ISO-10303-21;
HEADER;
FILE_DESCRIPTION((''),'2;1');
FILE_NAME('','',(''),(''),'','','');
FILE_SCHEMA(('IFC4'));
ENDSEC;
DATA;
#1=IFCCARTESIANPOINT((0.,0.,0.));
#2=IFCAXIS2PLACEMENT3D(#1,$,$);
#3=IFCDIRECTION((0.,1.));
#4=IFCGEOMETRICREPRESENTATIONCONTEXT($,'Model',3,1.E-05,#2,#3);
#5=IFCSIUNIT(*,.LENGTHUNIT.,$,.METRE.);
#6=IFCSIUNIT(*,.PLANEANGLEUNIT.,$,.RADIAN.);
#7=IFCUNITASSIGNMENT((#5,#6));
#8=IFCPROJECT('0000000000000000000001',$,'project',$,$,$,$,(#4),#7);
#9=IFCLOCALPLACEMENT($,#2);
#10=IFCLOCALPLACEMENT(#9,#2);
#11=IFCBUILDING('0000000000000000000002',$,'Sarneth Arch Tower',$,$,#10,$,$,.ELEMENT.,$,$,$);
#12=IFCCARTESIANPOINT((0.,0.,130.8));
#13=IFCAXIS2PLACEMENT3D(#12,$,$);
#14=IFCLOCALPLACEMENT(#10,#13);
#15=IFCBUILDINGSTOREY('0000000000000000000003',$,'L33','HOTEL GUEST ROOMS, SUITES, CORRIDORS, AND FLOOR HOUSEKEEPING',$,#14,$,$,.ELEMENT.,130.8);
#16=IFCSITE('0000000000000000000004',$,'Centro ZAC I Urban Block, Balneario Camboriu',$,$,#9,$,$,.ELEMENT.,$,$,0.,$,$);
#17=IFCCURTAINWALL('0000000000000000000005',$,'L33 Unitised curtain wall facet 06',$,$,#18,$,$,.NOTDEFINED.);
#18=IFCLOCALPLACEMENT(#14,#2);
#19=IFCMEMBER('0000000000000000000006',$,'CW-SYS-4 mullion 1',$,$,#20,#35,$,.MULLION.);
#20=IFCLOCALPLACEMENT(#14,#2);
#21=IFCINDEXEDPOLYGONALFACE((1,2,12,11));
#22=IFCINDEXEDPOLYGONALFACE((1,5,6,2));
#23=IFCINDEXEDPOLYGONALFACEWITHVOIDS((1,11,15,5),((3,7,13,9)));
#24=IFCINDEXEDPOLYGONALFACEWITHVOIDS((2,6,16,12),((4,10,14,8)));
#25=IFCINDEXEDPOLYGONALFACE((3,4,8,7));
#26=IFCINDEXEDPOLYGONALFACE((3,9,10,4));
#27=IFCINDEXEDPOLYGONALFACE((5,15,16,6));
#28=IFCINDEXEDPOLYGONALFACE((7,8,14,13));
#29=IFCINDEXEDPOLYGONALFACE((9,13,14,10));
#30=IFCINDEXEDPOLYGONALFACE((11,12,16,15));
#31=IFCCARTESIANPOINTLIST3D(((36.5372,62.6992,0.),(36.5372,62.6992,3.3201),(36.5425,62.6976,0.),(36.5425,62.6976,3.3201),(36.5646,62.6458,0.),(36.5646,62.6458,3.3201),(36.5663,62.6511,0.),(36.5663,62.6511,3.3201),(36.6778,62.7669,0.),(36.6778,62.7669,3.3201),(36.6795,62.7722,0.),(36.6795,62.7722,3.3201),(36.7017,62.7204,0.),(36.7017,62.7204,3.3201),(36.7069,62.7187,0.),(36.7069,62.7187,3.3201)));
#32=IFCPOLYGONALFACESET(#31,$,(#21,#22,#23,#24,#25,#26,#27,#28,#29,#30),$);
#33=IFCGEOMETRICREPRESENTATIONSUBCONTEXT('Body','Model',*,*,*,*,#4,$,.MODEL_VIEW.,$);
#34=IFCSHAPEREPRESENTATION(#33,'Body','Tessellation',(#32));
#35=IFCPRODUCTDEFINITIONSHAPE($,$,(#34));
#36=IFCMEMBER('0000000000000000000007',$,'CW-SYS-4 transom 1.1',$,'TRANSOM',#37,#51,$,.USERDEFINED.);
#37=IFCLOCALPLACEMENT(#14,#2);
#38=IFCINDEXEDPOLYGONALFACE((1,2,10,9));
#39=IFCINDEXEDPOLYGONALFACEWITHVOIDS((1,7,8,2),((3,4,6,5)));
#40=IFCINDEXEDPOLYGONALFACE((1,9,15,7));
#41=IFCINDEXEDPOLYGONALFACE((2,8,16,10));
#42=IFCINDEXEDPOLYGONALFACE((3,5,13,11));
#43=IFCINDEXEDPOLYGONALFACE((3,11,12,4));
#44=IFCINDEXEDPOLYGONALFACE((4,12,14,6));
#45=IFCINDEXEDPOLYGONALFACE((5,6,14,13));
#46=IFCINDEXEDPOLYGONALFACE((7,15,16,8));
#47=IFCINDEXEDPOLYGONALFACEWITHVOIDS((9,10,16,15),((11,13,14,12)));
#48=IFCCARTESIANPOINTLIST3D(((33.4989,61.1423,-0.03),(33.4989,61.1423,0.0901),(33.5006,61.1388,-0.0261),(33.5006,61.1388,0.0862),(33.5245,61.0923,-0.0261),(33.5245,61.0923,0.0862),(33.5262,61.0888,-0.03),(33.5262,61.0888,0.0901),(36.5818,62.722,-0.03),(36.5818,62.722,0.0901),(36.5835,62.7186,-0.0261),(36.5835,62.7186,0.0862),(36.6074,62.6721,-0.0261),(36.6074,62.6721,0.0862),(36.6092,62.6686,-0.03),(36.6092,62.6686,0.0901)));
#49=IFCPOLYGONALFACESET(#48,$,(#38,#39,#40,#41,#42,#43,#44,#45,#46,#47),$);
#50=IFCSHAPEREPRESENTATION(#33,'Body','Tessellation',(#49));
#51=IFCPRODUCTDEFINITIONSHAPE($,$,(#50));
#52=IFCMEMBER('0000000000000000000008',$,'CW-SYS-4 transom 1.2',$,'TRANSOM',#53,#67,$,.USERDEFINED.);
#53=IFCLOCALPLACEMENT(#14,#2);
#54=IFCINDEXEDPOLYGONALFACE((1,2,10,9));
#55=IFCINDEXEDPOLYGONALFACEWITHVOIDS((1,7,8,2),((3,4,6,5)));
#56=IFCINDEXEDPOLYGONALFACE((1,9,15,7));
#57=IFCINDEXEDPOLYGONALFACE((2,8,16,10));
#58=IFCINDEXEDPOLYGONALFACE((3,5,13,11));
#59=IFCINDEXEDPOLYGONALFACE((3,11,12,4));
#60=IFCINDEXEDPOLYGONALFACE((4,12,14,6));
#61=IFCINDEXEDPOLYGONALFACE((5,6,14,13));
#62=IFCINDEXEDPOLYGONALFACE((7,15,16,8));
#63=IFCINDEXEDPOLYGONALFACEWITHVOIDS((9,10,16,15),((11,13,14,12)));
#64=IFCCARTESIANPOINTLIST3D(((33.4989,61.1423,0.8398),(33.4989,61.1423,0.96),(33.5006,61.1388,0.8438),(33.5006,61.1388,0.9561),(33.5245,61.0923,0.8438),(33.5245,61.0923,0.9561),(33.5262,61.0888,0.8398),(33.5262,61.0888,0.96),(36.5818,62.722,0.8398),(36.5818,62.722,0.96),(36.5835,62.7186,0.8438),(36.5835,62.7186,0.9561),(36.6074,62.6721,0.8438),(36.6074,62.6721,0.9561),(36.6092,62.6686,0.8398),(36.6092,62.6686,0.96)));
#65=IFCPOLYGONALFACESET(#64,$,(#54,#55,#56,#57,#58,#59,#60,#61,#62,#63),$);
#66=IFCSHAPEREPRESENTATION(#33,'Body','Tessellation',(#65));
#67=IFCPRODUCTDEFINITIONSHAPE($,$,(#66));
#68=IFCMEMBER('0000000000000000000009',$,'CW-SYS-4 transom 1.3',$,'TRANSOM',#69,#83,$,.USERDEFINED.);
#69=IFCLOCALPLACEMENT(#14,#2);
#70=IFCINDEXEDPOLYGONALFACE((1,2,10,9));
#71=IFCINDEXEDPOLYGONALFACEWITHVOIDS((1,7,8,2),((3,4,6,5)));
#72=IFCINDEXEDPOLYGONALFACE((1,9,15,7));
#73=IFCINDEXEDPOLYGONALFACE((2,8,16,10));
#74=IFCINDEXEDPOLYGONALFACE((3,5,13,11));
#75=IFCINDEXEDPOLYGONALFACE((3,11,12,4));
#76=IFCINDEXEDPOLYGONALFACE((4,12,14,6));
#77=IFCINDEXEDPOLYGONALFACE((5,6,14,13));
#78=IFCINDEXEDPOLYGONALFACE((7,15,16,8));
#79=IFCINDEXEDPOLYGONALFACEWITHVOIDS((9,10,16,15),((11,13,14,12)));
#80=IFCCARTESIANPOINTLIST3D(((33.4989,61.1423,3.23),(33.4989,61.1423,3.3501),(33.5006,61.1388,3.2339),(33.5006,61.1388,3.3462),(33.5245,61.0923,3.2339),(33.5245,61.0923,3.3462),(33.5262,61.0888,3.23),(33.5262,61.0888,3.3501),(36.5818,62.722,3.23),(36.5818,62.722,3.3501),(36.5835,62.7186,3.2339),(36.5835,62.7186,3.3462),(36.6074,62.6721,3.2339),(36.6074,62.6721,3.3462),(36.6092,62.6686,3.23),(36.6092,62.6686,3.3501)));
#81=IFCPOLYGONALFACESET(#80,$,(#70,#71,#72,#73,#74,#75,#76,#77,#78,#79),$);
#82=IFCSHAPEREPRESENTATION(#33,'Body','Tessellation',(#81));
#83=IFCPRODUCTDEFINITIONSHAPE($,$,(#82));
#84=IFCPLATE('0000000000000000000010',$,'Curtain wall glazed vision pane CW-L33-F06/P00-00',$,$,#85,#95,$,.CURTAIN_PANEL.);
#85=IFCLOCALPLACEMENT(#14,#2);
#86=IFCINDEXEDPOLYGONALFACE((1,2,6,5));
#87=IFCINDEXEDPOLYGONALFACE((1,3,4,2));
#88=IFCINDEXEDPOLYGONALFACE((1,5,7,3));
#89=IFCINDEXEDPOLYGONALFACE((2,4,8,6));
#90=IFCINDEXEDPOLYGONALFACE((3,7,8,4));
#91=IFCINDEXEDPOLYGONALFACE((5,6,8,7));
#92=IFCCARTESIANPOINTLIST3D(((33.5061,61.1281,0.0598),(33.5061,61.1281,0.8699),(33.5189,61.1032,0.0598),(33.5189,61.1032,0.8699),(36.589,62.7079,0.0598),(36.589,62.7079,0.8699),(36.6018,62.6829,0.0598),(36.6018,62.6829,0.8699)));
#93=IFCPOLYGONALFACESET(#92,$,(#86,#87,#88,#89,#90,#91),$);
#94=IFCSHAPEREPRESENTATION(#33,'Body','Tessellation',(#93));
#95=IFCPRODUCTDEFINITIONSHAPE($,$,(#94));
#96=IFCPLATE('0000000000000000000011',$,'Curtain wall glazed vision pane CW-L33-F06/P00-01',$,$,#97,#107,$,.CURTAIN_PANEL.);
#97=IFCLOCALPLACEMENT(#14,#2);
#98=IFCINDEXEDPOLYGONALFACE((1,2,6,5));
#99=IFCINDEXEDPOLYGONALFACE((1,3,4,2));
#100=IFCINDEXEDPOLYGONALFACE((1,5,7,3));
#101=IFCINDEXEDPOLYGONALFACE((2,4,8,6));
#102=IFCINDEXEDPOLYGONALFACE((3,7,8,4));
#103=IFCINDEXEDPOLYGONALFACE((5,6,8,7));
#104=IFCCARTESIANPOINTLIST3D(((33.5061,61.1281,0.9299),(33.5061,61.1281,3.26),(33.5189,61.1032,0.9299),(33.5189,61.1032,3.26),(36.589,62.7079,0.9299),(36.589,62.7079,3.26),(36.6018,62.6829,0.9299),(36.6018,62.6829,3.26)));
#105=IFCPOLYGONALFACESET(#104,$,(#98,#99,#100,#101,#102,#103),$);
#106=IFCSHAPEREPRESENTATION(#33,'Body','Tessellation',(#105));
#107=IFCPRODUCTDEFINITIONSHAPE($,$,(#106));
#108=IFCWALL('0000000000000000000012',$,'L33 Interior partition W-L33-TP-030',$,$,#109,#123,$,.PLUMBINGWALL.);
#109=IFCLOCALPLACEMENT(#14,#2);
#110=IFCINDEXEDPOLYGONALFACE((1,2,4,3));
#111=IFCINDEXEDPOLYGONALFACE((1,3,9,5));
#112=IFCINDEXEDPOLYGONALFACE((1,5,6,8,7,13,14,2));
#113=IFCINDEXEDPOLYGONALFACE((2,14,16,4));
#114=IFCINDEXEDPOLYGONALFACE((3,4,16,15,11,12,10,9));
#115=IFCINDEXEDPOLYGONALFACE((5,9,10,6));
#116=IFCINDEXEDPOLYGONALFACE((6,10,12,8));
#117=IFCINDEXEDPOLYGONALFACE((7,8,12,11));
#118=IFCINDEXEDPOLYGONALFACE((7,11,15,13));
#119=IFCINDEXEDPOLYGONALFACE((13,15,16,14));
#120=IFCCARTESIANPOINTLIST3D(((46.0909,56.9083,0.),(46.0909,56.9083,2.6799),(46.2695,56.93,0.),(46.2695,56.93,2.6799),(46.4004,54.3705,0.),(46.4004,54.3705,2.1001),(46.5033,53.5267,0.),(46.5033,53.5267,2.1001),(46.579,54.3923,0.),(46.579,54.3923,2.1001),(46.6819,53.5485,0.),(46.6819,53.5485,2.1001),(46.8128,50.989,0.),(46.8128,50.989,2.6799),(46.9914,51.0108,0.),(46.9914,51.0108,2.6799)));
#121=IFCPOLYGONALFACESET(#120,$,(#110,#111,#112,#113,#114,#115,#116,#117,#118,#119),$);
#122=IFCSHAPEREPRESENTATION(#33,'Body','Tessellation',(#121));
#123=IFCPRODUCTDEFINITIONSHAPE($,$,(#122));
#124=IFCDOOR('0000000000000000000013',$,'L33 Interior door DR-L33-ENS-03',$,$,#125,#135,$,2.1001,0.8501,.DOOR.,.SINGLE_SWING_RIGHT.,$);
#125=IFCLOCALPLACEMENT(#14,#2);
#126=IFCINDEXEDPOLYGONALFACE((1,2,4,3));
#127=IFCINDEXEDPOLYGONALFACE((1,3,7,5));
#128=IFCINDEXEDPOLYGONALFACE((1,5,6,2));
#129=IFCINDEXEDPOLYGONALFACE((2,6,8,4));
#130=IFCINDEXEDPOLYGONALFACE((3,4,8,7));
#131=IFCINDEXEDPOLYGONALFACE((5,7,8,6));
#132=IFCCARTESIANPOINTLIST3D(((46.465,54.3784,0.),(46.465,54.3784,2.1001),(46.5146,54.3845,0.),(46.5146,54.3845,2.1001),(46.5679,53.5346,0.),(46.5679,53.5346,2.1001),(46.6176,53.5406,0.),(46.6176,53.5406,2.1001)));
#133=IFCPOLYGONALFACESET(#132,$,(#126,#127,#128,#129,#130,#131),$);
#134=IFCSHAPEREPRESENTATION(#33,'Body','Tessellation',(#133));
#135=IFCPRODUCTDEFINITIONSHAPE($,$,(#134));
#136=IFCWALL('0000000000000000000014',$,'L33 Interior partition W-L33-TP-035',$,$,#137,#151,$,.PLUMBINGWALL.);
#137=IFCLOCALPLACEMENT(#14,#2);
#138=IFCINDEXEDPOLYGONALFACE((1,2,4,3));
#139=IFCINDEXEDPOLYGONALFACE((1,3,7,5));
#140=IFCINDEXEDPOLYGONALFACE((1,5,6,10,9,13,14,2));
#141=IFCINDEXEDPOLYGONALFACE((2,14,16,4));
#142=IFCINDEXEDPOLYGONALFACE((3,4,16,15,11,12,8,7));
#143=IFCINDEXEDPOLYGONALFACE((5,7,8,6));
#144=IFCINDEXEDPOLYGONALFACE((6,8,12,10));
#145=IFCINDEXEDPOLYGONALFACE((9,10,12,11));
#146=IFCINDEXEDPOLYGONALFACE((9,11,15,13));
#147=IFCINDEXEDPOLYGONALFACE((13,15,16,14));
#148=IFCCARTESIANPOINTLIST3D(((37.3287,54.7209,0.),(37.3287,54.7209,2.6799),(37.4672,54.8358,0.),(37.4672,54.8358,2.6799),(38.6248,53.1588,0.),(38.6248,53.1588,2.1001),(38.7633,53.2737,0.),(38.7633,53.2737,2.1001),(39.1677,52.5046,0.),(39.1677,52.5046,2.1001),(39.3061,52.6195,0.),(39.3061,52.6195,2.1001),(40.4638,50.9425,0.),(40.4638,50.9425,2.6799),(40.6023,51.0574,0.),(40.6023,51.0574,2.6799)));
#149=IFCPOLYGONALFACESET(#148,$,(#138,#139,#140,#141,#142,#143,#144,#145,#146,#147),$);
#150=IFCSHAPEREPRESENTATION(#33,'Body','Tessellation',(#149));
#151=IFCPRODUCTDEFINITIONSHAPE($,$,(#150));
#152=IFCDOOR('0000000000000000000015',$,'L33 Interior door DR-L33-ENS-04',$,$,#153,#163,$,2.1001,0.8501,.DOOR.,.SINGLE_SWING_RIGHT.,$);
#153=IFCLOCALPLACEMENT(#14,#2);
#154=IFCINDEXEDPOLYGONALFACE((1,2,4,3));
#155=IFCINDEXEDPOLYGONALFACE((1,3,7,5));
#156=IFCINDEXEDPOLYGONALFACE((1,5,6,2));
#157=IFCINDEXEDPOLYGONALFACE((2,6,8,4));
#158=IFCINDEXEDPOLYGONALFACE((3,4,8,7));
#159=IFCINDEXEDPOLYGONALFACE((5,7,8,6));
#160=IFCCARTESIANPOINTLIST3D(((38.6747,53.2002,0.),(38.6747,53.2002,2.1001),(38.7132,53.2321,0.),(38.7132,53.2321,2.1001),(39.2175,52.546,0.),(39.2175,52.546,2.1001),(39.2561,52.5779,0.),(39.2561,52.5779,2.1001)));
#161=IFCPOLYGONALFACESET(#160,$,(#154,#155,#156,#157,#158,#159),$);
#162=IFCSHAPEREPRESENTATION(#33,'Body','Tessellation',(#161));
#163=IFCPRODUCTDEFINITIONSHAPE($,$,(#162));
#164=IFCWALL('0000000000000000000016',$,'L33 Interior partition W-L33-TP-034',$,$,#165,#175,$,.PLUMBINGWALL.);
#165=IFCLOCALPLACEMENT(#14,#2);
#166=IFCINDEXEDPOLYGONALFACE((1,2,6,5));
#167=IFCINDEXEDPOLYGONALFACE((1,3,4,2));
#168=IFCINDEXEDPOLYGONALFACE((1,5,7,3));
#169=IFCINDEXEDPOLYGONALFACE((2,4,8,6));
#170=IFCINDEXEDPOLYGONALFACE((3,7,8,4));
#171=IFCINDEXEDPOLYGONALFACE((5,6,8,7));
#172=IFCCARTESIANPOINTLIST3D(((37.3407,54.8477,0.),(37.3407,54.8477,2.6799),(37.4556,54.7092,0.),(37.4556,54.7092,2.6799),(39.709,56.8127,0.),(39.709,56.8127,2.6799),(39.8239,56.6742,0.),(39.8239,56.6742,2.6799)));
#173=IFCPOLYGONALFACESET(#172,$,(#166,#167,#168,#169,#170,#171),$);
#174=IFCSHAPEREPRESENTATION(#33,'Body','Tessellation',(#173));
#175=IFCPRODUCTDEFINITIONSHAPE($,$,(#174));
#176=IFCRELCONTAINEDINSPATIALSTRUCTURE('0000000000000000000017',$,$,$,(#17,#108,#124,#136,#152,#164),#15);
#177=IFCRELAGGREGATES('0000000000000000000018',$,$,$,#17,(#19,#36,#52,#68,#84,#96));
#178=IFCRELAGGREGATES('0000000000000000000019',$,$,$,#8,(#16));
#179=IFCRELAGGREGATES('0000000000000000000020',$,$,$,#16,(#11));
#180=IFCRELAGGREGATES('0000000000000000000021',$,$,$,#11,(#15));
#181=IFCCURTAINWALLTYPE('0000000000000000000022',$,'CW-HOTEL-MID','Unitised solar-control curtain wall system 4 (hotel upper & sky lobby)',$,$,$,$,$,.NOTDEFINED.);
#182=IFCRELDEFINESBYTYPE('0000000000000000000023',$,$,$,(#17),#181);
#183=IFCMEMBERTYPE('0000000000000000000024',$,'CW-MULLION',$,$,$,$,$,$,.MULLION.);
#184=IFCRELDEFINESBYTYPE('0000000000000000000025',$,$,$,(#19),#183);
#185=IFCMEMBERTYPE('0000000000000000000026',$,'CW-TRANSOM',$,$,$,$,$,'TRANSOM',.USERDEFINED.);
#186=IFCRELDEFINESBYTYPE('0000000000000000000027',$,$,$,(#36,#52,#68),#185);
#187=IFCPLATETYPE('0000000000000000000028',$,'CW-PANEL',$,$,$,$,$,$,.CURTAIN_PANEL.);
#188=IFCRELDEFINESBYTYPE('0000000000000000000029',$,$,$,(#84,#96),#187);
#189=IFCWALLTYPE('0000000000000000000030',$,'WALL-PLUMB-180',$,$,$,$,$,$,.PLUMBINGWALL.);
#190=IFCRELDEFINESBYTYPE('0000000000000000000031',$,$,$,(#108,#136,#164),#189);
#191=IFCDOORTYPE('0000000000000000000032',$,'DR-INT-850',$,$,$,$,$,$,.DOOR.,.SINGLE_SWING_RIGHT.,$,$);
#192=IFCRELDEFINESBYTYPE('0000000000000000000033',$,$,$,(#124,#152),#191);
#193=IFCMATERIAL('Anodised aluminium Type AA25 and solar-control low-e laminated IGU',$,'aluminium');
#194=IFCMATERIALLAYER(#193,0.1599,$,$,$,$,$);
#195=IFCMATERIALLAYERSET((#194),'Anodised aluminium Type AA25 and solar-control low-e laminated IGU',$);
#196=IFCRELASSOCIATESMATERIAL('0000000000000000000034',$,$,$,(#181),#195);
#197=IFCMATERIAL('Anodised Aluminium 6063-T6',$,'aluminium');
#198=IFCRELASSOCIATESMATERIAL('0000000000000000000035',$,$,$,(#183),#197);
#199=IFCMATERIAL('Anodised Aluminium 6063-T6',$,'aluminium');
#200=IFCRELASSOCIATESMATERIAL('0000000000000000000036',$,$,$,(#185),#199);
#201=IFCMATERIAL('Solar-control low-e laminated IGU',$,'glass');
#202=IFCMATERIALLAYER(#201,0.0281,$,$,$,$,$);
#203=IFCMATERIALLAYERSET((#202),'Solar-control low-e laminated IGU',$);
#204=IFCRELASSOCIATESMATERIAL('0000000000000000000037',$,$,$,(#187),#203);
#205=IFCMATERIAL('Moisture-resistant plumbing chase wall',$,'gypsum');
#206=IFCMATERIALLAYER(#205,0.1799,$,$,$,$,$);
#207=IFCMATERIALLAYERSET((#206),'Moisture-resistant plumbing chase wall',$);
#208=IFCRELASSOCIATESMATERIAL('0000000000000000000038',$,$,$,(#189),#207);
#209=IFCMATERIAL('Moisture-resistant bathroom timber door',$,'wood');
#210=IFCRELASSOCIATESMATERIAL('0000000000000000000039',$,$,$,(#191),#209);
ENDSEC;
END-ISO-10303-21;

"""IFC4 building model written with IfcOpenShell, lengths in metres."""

from ifc_helpers import new_model, si_unit, direction, frame, frame_2d, origin, origin_2d, place, context, subcontext, project, spatial, rectangle, hollow_rectangle, extrude, material, layer, layer_set, material_profile, profile_set, type_object, element, fill, aggregate, save


model = new_model("IFC4")

# Units and contexts
model_context = context("Model", 3, precision=1e-05, world=origin(), true_north=direction((0.0, 1.0)))
body_context = subcontext(model_context, "Body", "Model", "MODEL_VIEW")
ifc_project = project(units=[si_unit("LENGTHUNIT", "METRE"), si_unit("PLANEANGLEUNIT", "RADIAN")], contexts=[model_context])

# Site, building, storey
site_placement = place(None, origin())
site = spatial("IfcSite", under=ifc_project, at=site_placement, Name="Centro ZAC I Urban Block, Balneario Camboriu", CompositionType="ELEMENT", RefElevation=0.0)
building_placement = place(site_placement, origin())
building = spatial("IfcBuilding", under=site, at=building_placement, Name="Sarneth Arch Tower", CompositionType="ELEMENT")
storey_placement = place(building_placement, frame((0.0, 0.0, 130.8)))
storey = spatial("IfcBuildingStorey", under=building, at=storey_placement, Name="L33", Description="HOTEL GUEST ROOMS, SUITES, CORRIDORS, AND FLOOR HOUSEKEEPING", CompositionType="ELEMENT", Elevation=130.8)

# Curtain wall, members, plates
ifc_material_1 = material(Name="Anodised aluminium Type AA25 and solar-control low-e laminated IGU", Category="aluminium")
ifc_layer_1 = layer(ifc_material_1, 0.1599)
ifc_layer_set_1 = layer_set([ifc_layer_1], Name="Anodised aluminium Type AA25 and solar-control low-e laminated IGU")
curtain_wall_type = type_object("IfcCurtainWallType", Name="CW-HOTEL-MID", Description="Unitised solar-control curtain wall system 4 (hotel upper & sky lobby)", PredefinedType="NOTDEFINED", material=ifc_layer_set_1)
curtain_wall_placement = place(storey_placement, origin())
curtain_wall = element("IfcCurtainWall", 1, at=curtain_wall_placement, inside=storey, type_object=curtain_wall_type, Name="L33 Unitised curtain wall facet 06", PredefinedType="NOTDEFINED")
ifc_material_2 = material(Name="Anodised Aluminium 6063-T6", Category="aluminium")
ifc_material_profile_1 = material_profile(ifc_material_2, hollow_rectangle(XDim=0.0601, YDim=0.1599, WallThickness=0.0039, at=origin_2d()), Name="AL-MULL-160x60x4")
ifc_profile_set_1 = profile_set([ifc_material_profile_1], Name="Anodised Aluminium 6063-T6")
member_type_1 = type_object("IfcMemberType", Name="CW-MULLION", PredefinedType="MULLION", material=ifc_profile_set_1)
member_1_placement = place(storey_placement, frame((36.6221, 62.709, 0.0), z_axis=(0.0, 0.0, 1.0), x_axis=(0.456031, -0.889964, 0.0)))
member_1 = element("IfcMember", 2, at=member_1_placement, type_object=member_type_1, Name="CW-SYS-4 mullion 1", PredefinedType="MULLION", context=body_context, shape_type="SweptSolid", body=[
    extrude(hollow_rectangle(XDim=0.0601, YDim=0.1599, WallThickness=0.0039, at=origin_2d()), origin(), (0.0, 0.0, 1.0), 3.3201),
])
ifc_material_3 = material(Name="Anodised Aluminium 6063-T6", Category="aluminium")
ifc_material_profile_2 = material_profile(ifc_material_3, hollow_rectangle(XDim=0.0601, YDim=0.1201, WallThickness=0.0039, at=origin_2d()), Name="AL-TRAN-120x60x4")
ifc_profile_set_2 = profile_set([ifc_material_profile_2], Name="Anodised Aluminium 6063-T6")
member_type_2 = type_object("IfcMemberType", Name="CW-TRANSOM", ElementType="TRANSOM", PredefinedType="USERDEFINED", material=ifc_profile_set_2)
member_2_placement = place(storey_placement, frame((36.5955, 62.6953, 0.03), z_axis=(-0.889958, -0.456043, 0.0), x_axis=(0.456043, -0.889958, 0.0)))
member_2 = element("IfcMember", 3, at=member_2_placement, type_object=member_type_2, Name="CW-SYS-4 transom 1.1", ObjectType="TRANSOM", PredefinedType="USERDEFINED", context=body_context, shape_type="SweptSolid", body=[
    extrude(hollow_rectangle(XDim=0.0601, YDim=0.1201, WallThickness=0.0039, at=origin_2d()), origin(), (0.0, 0.0, 1.0), 3.4641),
])
member_3_placement = place(storey_placement, frame((36.5955, 62.6953, 0.8999), z_axis=(-0.889958, -0.456043, 0.0), x_axis=(0.456043, -0.889958, 0.0)))
member_3 = element("IfcMember", 4, at=member_3_placement, type_object=member_type_2, Name="CW-SYS-4 transom 1.2", ObjectType="TRANSOM", PredefinedType="USERDEFINED", context=body_context, shape_type="SweptSolid", body=[
    extrude(hollow_rectangle(XDim=0.0601, YDim=0.1201, WallThickness=0.0039, at=origin_2d()), origin(), (0.0, 0.0, 1.0), 3.4641),
])
member_4_placement = place(storey_placement, frame((36.5955, 62.6953, 3.29), z_axis=(-0.889958, -0.456043, 0.0), x_axis=(0.456043, -0.889958, 0.0)))
member_4 = element("IfcMember", 5, at=member_4_placement, type_object=member_type_2, Name="CW-SYS-4 transom 1.3", ObjectType="TRANSOM", PredefinedType="USERDEFINED", context=body_context, shape_type="SweptSolid", body=[
    extrude(hollow_rectangle(XDim=0.0601, YDim=0.1201, WallThickness=0.0039, at=origin_2d()), origin(), (0.0, 0.0, 1.0), 3.4641),
])
ifc_material_4 = material(Name="Solar-control low-e laminated IGU", Category="glass")
ifc_layer_2 = layer(ifc_material_4, 0.0281)
ifc_layer_set_2 = layer_set([ifc_layer_2], Name="Solar-control low-e laminated IGU")
plate_type = type_object("IfcPlateType", Name="CW-PANEL", PredefinedType="CURTAIN_PANEL", material=ifc_layer_set_2)
plate_1_placement = place(storey_placement, frame((35.054, 61.9055, 0.0598), z_axis=(0.0, 0.0, 1.0), x_axis=(-0.889964, -0.456031, 0.0)))
plate_1 = element("IfcPlate", 6, at=plate_1_placement, type_object=plate_type, Name="Curtain wall glazed vision pane CW-L33-F06/P00-00", PredefinedType="CURTAIN_PANEL", context=body_context, shape_type="SweptSolid", body=[
    extrude(rectangle(XDim=3.4641, YDim=0.0281, at=origin_2d()), origin(), (0.0, 0.0, 1.0), 0.8101),
])
plate_2_placement = place(storey_placement, frame((35.054, 61.9055, 0.9299), z_axis=(0.0, 0.0, 1.0), x_axis=(-0.889964, -0.456031, 0.0)))
plate_2 = element("IfcPlate", 7, at=plate_2_placement, type_object=plate_type, Name="Curtain wall glazed vision pane CW-L33-F06/P00-01", PredefinedType="CURTAIN_PANEL", context=body_context, shape_type="SweptSolid", body=[
    extrude(rectangle(XDim=3.4641, YDim=0.0281, at=origin_2d()), origin(), (0.0, 0.0, 1.0), 2.3301),
])
aggregate(curtain_wall, [member_1, member_2, member_3, member_4, plate_1, plate_2])

# Walls, openings, doors
ifc_material_5 = material(Name="Moisture-resistant plumbing chase wall", Category="gypsum")
ifc_layer_3 = layer(ifc_material_5, 0.1799)
ifc_layer_set_3 = layer_set([ifc_layer_3], Name="Moisture-resistant plumbing chase wall")
wall_type_1 = type_object("IfcWallType", Name="WALL-PLUMB-180", PredefinedType="PLUMBINGWALL", material=ifc_layer_set_3)
wall_1_placement = place(storey_placement, frame((46.9021, 51.0, 0.0), z_axis=(0.0, 0.0, 1.0), x_axis=(-0.121066, 0.992644, 0.0)))
wall_1 = element("IfcWall", 8, at=wall_1_placement, inside=storey, type_object=wall_type_1, Name="L33 Interior partition W-L33-TP-030", PredefinedType="PLUMBINGWALL", context=body_context, shape_type="SweptSolid", body=[
    extrude(rectangle(XDim=5.9631, YDim=0.1799, at=frame_2d((2.9814, 0.0))), origin(), (0.0, 0.0, 1.0), 2.6799),
])
opening_1_placement = place(wall_1_placement, frame((2.5564, 0.0, 0.0)))
opening_1 = element("IfcOpeningElement", 9, at=opening_1_placement, cuts=wall_1, PredefinedType="OPENING", context=body_context, shape_type="SweptSolid", body=[
    extrude(rectangle(XDim=0.8501, YDim=2.1001, at=frame_2d((0.425, 1.05))), frame((0.0, 0.0999, 0.0), z_axis=(0.0, -1.0, 0.0), x_axis=(1.0, 0.0, 0.0)), (0.0, 0.0, 1.0), 0.2),
])
ifc_material_6 = material(Name="Moisture-resistant bathroom timber door", Category="wood")
door_type_1 = type_object("IfcDoorType", Name="DR-INT-850", OperationType="SINGLE_SWING_RIGHT", PredefinedType="DOOR", material=ifc_material_6)
door_1_placement = place(opening_1_placement, origin())
door_1 = element("IfcDoor", 10, at=door_1_placement, inside=storey, type_object=door_type_1, Name="L33 Interior door DR-L33-ENS-03", OperationType="SINGLE_SWING_RIGHT", OverallHeight=2.1001, OverallWidth=0.8501, PredefinedType="DOOR", context=body_context, shape_type="SweptSolid", body=[
    extrude(rectangle(XDim=0.8501, YDim=2.1001, at=frame_2d((0.425, 1.05))), frame((0.0, 0.0249, 0.0), z_axis=(0.0, -1.0, 0.0), x_axis=(1.0, 0.0, 0.0)), (0.0, 0.0, 1.0), 0.05),
])
fill(opening_1, door_1)
wall_2_placement = place(storey_placement, frame((37.3979, 54.7783, 0.0), z_axis=(0.0, 0.0, 1.0), x_axis=(0.638549, -0.769581, 0.0)))
wall_2 = element("IfcWall", 11, at=wall_2_placement, inside=storey, type_object=wall_type_1, Name="L33 Interior partition W-L33-TP-035", PredefinedType="PLUMBINGWALL", context=body_context, shape_type="SweptSolid", body=[
    extrude(rectangle(XDim=4.9097, YDim=0.1799, at=frame_2d((2.4548, 0.0))), origin(), (0.0, 0.0, 1.0), 2.6799),
])
opening_2_placement = place(wall_2_placement, frame((2.0298, 0.0, 0.0)))
opening_2 = element("IfcOpeningElement", 12, at=opening_2_placement, cuts=wall_2, PredefinedType="OPENING", context=body_context, shape_type="SweptSolid", body=[
    extrude(rectangle(XDim=0.8501, YDim=2.1001, at=frame_2d((0.425, 1.05))), frame((0.0, 0.0999, 0.0), z_axis=(0.0, -1.0, 0.0), x_axis=(1.0, 0.0, 0.0)), (0.0, 0.0, 1.0), 0.2),
])
door_2_placement = place(opening_2_placement, origin())
door_2 = element("IfcDoor", 13, at=door_2_placement, inside=storey, type_object=door_type_1, Name="L33 Interior door DR-L33-ENS-04", OperationType="SINGLE_SWING_RIGHT", OverallHeight=2.1001, OverallWidth=0.8501, PredefinedType="DOOR", context=body_context, shape_type="SweptSolid", body=[
    extrude(rectangle(XDim=0.8501, YDim=2.1001, at=frame_2d((0.425, 1.05))), frame((0.0, 0.0249, 0.0), z_axis=(0.0, -1.0, 0.0), x_axis=(1.0, 0.0, 0.0)), (0.0, 0.0, 1.0), 0.05),
])
fill(opening_2, door_2)

# Wall
wall_3_placement = place(storey_placement, frame((39.7664, 56.7434, 0.0), z_axis=(0.0, 0.0, 1.0), x_axis=(-0.769592, -0.638536, 0.0)))
element("IfcWall", 14, at=wall_3_placement, inside=storey, type_object=wall_type_1, Name="L33 Interior partition W-L33-TP-034", PredefinedType="PLUMBINGWALL", context=body_context, shape_type="SweptSolid", body=[
    extrude(rectangle(XDim=3.0774, YDim=0.1799, at=frame_2d((1.5386, 0.0))), origin(), (0.0, 0.0, 1.0), 2.6799),
])

save(model, "model.ifc")
